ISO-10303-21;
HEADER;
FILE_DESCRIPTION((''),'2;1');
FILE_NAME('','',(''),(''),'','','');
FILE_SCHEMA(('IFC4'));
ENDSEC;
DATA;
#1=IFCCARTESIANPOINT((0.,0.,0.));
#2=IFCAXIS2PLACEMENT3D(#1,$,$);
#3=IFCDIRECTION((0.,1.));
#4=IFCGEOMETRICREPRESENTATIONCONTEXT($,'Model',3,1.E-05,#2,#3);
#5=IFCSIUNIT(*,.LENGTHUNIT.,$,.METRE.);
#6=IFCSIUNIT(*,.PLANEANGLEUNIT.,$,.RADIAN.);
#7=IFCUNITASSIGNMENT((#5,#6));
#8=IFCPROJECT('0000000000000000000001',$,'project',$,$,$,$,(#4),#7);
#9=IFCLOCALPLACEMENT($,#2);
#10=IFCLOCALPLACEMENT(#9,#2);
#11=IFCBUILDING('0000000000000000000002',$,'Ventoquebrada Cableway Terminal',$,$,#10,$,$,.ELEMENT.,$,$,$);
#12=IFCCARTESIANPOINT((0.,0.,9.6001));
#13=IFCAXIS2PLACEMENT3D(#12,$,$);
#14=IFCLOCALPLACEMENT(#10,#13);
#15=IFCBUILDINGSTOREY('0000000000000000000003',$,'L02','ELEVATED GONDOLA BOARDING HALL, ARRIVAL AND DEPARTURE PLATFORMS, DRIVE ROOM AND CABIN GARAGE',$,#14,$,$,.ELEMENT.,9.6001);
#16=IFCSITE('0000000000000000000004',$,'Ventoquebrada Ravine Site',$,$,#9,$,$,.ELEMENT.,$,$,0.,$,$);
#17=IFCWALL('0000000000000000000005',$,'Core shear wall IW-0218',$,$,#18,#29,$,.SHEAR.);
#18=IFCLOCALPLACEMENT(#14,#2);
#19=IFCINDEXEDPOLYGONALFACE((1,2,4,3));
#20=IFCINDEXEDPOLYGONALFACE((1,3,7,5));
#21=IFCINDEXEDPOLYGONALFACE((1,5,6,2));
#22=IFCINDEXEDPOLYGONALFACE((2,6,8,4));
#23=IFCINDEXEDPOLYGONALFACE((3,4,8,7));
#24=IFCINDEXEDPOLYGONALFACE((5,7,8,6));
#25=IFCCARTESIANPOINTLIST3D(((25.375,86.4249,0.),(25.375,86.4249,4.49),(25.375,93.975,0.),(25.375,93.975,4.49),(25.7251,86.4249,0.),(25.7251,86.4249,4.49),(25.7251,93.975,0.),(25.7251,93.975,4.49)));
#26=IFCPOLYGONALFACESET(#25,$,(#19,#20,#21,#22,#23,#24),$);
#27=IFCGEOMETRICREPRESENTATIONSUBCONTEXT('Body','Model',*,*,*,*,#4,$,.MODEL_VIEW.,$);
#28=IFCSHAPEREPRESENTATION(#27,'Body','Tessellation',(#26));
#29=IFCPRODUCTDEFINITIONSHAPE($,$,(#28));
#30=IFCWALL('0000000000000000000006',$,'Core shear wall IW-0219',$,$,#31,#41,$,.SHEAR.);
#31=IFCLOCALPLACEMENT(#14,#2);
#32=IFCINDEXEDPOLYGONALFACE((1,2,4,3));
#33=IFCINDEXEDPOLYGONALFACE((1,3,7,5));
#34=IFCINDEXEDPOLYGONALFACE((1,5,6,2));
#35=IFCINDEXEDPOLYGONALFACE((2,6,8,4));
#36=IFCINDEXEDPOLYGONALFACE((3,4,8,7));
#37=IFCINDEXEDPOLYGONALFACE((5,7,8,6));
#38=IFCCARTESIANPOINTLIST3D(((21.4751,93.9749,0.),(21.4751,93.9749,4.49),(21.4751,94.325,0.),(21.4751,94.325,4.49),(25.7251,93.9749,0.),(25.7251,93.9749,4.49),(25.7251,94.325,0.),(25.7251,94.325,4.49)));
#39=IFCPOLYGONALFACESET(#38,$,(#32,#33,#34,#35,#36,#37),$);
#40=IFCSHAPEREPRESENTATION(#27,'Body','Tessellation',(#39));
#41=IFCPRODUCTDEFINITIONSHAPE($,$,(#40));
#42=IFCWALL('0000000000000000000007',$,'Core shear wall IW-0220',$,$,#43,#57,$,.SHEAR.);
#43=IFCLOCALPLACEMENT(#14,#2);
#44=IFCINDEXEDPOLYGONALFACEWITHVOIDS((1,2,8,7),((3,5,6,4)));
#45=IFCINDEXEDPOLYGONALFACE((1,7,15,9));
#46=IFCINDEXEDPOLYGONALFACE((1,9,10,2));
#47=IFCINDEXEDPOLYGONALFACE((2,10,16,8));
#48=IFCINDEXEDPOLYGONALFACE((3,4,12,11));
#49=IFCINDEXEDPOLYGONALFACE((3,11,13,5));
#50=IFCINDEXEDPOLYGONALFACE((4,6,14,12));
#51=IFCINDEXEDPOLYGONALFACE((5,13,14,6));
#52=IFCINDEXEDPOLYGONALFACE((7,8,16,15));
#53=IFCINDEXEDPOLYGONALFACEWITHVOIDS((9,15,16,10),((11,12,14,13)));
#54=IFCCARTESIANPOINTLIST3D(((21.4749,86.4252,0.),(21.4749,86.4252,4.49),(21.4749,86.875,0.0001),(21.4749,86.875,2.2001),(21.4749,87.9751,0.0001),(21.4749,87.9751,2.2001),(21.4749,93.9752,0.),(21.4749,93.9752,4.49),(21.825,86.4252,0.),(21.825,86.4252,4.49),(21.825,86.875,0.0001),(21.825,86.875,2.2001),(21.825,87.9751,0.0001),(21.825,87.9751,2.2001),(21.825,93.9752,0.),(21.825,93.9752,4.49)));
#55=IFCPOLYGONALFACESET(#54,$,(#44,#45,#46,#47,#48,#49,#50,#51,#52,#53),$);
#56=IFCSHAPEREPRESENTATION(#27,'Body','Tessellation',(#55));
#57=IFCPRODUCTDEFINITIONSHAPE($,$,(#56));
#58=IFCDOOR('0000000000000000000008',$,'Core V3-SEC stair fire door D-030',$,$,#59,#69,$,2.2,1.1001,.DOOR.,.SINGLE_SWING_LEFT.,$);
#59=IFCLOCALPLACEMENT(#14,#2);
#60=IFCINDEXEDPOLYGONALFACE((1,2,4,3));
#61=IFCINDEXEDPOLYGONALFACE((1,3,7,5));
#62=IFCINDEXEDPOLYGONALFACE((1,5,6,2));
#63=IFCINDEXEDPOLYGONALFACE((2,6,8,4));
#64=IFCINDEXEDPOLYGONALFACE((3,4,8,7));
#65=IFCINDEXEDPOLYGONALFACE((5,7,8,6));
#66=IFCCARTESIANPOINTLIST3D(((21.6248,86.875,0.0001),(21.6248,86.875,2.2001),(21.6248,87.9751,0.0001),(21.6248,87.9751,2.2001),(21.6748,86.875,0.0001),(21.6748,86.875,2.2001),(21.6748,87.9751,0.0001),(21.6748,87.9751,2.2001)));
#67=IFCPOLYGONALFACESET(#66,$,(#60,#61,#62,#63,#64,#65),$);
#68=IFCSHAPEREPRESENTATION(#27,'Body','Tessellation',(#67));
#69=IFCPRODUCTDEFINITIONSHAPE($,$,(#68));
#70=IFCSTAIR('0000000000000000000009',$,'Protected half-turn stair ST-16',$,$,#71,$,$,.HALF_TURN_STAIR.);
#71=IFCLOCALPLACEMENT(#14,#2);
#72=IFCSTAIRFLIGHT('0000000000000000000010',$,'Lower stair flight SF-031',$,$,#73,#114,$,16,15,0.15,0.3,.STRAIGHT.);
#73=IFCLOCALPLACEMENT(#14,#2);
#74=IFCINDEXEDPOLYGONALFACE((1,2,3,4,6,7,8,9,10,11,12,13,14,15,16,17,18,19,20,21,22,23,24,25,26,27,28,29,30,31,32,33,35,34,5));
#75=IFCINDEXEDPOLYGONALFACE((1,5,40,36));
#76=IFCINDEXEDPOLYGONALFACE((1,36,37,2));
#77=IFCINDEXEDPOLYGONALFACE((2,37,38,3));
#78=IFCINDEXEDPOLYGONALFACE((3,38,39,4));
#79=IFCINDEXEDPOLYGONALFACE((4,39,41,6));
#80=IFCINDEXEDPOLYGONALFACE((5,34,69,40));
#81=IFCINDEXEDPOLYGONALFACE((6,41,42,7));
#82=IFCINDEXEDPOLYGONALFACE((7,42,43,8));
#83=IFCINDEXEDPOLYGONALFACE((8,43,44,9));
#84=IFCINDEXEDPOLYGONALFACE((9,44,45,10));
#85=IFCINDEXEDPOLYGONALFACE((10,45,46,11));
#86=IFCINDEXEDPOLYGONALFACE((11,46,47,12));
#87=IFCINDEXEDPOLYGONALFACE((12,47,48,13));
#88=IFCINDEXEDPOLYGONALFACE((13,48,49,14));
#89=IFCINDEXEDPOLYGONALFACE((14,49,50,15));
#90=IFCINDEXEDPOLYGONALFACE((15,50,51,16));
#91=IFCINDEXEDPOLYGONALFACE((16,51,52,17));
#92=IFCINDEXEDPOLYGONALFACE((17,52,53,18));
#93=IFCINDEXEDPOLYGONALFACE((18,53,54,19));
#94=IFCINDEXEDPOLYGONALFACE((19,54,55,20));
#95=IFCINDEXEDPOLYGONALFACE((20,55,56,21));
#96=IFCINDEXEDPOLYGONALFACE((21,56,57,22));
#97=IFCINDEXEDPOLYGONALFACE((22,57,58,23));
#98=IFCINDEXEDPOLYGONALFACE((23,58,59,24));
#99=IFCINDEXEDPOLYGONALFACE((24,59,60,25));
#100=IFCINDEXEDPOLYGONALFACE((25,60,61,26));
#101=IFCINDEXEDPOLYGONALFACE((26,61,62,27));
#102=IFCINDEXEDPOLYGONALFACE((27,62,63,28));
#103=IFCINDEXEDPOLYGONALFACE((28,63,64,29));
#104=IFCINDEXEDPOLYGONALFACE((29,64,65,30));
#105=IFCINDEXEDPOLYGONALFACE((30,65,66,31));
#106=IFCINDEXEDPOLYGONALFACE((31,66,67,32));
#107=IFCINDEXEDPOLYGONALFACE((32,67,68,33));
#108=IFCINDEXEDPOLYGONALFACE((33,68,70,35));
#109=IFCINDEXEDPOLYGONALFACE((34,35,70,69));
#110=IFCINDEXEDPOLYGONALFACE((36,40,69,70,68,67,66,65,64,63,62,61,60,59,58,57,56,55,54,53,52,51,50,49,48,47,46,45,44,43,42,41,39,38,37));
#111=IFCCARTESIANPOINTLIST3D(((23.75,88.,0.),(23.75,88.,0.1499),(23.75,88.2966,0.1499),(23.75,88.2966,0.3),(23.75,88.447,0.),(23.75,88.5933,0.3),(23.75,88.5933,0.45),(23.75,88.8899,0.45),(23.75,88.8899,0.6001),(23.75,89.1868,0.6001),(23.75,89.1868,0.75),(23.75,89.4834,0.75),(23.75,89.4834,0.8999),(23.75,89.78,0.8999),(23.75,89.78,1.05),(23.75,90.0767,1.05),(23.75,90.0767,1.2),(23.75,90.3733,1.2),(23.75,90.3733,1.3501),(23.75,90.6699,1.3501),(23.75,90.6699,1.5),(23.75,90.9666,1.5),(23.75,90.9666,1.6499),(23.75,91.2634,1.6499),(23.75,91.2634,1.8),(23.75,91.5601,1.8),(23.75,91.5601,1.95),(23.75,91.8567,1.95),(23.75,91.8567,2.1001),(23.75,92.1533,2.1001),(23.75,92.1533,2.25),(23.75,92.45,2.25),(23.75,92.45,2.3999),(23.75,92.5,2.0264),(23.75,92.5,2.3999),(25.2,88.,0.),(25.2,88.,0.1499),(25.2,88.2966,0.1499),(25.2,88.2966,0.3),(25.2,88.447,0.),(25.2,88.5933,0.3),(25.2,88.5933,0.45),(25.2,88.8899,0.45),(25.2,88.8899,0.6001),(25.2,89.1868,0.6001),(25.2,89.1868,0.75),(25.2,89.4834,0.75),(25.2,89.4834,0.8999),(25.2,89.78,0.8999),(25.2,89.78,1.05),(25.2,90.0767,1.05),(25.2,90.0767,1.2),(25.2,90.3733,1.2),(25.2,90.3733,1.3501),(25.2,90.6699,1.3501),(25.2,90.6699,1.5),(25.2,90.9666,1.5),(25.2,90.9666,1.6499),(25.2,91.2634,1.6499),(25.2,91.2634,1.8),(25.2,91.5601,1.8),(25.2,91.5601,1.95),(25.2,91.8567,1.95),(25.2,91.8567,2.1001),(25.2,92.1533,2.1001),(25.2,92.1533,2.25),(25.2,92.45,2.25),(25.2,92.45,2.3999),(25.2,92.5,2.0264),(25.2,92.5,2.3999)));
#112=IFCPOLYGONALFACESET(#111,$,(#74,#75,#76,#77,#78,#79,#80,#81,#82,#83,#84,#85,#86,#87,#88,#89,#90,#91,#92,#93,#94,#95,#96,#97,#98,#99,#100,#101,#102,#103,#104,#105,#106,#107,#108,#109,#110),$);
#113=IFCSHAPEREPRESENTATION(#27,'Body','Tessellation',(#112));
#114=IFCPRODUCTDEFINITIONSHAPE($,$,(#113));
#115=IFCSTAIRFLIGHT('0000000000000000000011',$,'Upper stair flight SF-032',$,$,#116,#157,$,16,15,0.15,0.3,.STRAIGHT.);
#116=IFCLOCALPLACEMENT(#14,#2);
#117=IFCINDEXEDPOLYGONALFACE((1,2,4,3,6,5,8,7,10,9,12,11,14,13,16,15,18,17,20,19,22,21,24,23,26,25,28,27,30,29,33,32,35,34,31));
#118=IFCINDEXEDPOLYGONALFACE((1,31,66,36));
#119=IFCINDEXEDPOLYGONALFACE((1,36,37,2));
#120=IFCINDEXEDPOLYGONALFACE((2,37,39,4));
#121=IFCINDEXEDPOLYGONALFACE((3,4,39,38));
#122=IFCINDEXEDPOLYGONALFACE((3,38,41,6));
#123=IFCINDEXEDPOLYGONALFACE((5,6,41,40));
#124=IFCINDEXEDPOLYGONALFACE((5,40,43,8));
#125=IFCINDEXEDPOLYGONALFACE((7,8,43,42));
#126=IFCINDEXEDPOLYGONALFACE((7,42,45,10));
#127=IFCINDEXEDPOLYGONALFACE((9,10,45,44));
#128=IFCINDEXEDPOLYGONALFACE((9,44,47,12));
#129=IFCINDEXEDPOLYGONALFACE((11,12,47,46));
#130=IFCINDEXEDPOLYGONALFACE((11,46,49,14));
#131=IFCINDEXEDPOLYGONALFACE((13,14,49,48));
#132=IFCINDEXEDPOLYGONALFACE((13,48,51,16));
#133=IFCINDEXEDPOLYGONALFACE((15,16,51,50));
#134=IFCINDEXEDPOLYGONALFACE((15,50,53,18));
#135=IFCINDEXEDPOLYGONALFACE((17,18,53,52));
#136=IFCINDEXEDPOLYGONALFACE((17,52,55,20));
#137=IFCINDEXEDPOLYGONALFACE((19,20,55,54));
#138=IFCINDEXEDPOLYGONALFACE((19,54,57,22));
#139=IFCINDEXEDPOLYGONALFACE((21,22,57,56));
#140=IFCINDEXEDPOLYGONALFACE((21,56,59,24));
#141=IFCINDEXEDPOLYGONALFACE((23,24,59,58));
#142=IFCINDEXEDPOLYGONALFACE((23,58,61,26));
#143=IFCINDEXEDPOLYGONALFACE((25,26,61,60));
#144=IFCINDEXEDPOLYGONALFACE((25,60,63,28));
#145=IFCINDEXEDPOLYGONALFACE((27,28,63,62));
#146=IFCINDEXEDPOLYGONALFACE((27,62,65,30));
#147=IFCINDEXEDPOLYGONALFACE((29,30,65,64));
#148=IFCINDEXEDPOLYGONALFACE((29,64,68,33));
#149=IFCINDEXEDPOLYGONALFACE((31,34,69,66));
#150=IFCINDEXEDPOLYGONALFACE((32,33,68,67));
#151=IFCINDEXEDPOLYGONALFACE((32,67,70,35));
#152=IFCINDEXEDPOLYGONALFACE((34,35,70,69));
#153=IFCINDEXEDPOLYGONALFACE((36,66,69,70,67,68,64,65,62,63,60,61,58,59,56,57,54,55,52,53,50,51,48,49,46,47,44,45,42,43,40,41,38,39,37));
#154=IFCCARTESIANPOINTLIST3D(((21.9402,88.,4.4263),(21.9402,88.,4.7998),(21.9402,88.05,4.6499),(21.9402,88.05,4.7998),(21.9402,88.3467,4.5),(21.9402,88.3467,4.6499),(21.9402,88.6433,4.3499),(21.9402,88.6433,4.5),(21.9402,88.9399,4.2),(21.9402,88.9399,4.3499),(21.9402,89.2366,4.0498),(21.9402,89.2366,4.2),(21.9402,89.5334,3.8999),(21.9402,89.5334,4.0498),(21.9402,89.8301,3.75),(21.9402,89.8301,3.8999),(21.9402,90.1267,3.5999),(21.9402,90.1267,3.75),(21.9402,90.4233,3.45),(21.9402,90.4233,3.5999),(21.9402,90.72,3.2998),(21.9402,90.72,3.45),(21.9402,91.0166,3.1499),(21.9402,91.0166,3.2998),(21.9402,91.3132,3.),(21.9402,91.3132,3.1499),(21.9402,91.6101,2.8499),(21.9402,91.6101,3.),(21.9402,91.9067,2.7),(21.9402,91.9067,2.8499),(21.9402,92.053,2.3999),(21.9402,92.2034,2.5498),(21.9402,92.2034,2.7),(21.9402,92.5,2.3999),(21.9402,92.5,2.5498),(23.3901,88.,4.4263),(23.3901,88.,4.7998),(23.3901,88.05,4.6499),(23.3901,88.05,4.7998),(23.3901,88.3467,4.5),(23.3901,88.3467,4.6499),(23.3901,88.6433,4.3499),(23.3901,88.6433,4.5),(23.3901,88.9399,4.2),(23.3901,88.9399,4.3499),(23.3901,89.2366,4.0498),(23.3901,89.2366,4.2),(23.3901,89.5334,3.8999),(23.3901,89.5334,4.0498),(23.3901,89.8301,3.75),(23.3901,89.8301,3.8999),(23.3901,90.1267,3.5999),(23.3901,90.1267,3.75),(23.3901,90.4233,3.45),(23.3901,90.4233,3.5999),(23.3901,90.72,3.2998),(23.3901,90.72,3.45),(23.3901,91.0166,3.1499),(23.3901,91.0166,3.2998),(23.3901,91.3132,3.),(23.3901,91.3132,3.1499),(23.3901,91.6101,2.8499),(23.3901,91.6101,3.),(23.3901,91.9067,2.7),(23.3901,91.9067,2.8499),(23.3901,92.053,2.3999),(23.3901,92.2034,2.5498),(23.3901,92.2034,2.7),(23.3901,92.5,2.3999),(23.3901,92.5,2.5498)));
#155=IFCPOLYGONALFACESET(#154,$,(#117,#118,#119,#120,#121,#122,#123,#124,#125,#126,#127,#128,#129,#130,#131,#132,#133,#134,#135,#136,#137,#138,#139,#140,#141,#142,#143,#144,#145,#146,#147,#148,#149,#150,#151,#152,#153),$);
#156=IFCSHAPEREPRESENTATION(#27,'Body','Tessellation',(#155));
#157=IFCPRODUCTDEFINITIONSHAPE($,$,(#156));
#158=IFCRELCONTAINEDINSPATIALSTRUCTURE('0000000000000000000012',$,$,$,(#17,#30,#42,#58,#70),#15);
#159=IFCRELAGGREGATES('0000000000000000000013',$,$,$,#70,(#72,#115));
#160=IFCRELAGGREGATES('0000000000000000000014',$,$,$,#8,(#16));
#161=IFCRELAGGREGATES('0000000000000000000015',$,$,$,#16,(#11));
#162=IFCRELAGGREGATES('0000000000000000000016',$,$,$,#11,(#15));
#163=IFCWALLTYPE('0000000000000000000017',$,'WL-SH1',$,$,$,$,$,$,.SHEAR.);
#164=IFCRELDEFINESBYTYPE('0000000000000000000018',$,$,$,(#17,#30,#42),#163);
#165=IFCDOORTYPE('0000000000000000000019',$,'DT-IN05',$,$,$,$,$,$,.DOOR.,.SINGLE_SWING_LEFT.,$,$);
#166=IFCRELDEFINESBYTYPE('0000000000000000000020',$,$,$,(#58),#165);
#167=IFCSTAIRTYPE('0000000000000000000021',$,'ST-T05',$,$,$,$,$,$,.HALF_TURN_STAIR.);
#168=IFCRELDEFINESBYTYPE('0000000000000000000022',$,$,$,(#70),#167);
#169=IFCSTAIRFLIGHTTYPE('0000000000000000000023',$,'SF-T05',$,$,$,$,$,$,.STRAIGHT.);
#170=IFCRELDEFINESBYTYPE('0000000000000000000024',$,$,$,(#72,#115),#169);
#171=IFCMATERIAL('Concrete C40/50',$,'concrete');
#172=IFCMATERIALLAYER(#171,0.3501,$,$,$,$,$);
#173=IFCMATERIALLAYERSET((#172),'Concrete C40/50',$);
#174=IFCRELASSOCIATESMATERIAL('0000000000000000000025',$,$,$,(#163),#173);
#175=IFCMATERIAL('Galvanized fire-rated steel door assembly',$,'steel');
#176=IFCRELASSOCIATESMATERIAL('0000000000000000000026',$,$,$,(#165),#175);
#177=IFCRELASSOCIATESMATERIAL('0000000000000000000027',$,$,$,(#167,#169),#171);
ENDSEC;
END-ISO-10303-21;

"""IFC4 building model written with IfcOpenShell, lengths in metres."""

from ifc_helpers import new_model, si_unit, direction, frame, frame_2d, origin, place, context, subcontext, project, spatial, polyline, rectangle, outline, extrude, material, layer, layer_set, type_object, element, fill, aggregate, save


model = new_model("IFC4")

# Units and contexts
model_context = context("Model", 3, precision=1e-05, world=origin(), true_north=direction((0.0, 1.0)))
body_context = subcontext(model_context, "Body", "Model", "MODEL_VIEW")
ifc_project = project(units=[si_unit("LENGTHUNIT", "METRE"), si_unit("PLANEANGLEUNIT", "RADIAN")], contexts=[model_context])

# Site, building, storey
site_placement = place(None, origin())
site = spatial("IfcSite", under=ifc_project, at=site_placement, Name="Ventoquebrada Ravine Site", CompositionType="ELEMENT", RefElevation=0.0)
building_placement = place(site_placement, origin())
building = spatial("IfcBuilding", under=site, at=building_placement, Name="Ventoquebrada Cableway Terminal", CompositionType="ELEMENT")
storey_placement = place(building_placement, frame((0.0, 0.0, 9.6001)))
storey = spatial("IfcBuildingStorey", under=building, at=storey_placement, Name="L02", Description="ELEVATED GONDOLA BOARDING HALL, ARRIVAL AND DEPARTURE PLATFORMS, DRIVE ROOM AND CABIN GARAGE", CompositionType="ELEMENT", Elevation=9.6001)

# Shared definitions
ifc_material_1 = material(Name="Concrete C40/50", Category="concrete")

# Shared definitions
ifc_material_2 = material(Name="Galvanized fire-rated steel door assembly", Category="steel")

# Walls
ifc_layer_1 = layer(ifc_material_1, 0.3501)
ifc_layer_set_1 = layer_set([ifc_layer_1], Name="Concrete C40/50")
wall_type_1 = type_object("IfcWallType", Name="WL-SH1", PredefinedType="SHEAR", material=ifc_layer_set_1)
wall_1_placement = place(storey_placement, frame((25.55, 86.425, 0.0), z_axis=(0.0, 0.0, 1.0), x_axis=(0.0, 1.0, 0.0)))
element("IfcWall", 1, at=wall_1_placement, inside=storey, type_object=wall_type_1, Name="Core shear wall IW-0218", PredefinedType="SHEAR", context=body_context, shape_type="SweptSolid", body=[
    extrude(rectangle(XDim=7.55, YDim=0.3501, at=frame_2d((3.7749, 0.0))), origin(), (0.0, 0.0, 1.0), 4.49),
])
wall_2_placement = place(storey_placement, frame((25.7251, 94.1499, 0.0), z_axis=(0.0, 0.0, 1.0), x_axis=(-1.0, 0.0, 0.0)))
element("IfcWall", 2, at=wall_2_placement, inside=storey, type_object=wall_type_1, Name="Core shear wall IW-0219", PredefinedType="SHEAR", context=body_context, shape_type="SweptSolid", body=[
    extrude(rectangle(XDim=4.25, YDim=0.3501, at=frame_2d((2.125, 0.0))), origin(), (0.0, 0.0, 1.0), 4.49),
])

# Wall, opening, door
wall_3_placement = place(storey_placement, frame((21.6499, 93.9751, 0.0), z_axis=(0.0, 0.0, 1.0), x_axis=(0.0, -1.0, 0.0)))
wall_3 = element("IfcWall", 3, at=wall_3_placement, inside=storey, type_object=wall_type_1, Name="Core shear wall IW-0220", PredefinedType="SHEAR", context=body_context, shape_type="SweptSolid", body=[
    extrude(rectangle(XDim=7.55, YDim=0.3501, at=frame_2d((3.7749, 0.0))), origin(), (0.0, 0.0, 1.0), 4.49),
])
opening_1_placement = place(wall_3_placement, frame((6.0, 0.0, 0.0)))
opening_1 = element("IfcOpeningElement", 4, at=opening_1_placement, cuts=wall_3, PredefinedType="OPENING", context=body_context, shape_type="SweptSolid", body=[
    extrude(rectangle(XDim=1.1001, YDim=2.2, at=frame_2d((0.55, 1.1001))), frame((0.0, 0.1851, 0.0), z_axis=(0.0, -1.0, 0.0), x_axis=(1.0, 0.0, 0.0)), (0.0, 0.0, 1.0), 0.3701),
])
door_type_1 = type_object("IfcDoorType", Name="DT-IN05", OperationType="SINGLE_SWING_LEFT", PredefinedType="DOOR", material=ifc_material_2)
door_1_placement = place(opening_1_placement, origin())
door_1 = element("IfcDoor", 5, at=door_1_placement, inside=storey, type_object=door_type_1, Name="Core V3-SEC stair fire door D-030", OperationType="SINGLE_SWING_LEFT", OverallHeight=2.2, OverallWidth=1.1001, PredefinedType="DOOR", context=body_context, shape_type="SweptSolid", body=[
    extrude(rectangle(XDim=1.1001, YDim=2.2, at=frame_2d((0.55, 1.1001))), frame((0.0, 0.0249, 0.0), z_axis=(0.0, -1.0, 0.0), x_axis=(1.0, 0.0, 0.0)), (0.0, 0.0, 1.0), 0.05),
])
fill(opening_1, door_1)

# Stair, stair flights
stair_type = type_object("IfcStairType", Name="ST-T05", PredefinedType="HALF_TURN_STAIR", material=ifc_material_1)
stair_placement = place(storey_placement, origin())
stair = element("IfcStair", 6, at=stair_placement, inside=storey, type_object=stair_type, Name="Protected half-turn stair ST-16", PredefinedType="HALF_TURN_STAIR")
stair_flight_type = type_object("IfcStairFlightType", Name="SF-T05", PredefinedType="STRAIGHT", material=ifc_material_1)
stair_flight_1_placement = place(storey_placement, frame((24.4751, 88.0, 0.0), z_axis=(0.0, 0.0, 1.0), x_axis=(0.0, 1.0, 0.0)))
stair_flight_1 = element("IfcStairFlight", 7, at=stair_flight_1_placement, type_object=stair_flight_type, Name="Lower stair flight SF-031", NumberOfRisers=16, NumberOfTreads=15, PredefinedType="STRAIGHT", RiserHeight=0.15, TreadLength=0.3, context=body_context, shape_type="SweptSolid", body=[
    extrude(outline(polyline([(0.0, 0.0), (0.0, 0.1499), (0.2966, 0.1499), (0.2966, 0.3), (0.5933, 0.3), (0.5933, 0.45), (0.8899, 0.45), (0.8899, 0.6001), (1.1868, 0.6001), (1.1868, 0.75), (1.4834, 0.75), (1.4834, 0.8999), (1.78, 0.8999), (1.78, 1.05), (2.0767, 1.05), (2.0767, 1.2), (2.3733, 1.2), (2.3733, 1.3501), (2.6699, 1.3501), (2.6699, 1.5), (2.9666, 1.5), (2.9666, 1.6499), (3.2634, 1.6499), (3.2634, 1.8), (3.5601, 1.8), (3.5601, 1.95), (3.8567, 1.95), (3.8567, 2.1001), (4.1533, 2.1001), (4.1533, 2.25), (4.45, 2.25), (4.45, 2.3999), (4.5, 2.3999), (4.5, 2.0264), (0.447, 0.0), (0.0, 0.0)])), frame((0.0, 0.7251, 0.0), z_axis=(0.0, -1.0, 0.0), x_axis=(1.0, 0.0, 0.0)), (0.0, 0.0, 1.0), 1.45),
])
stair_flight_2_placement = place(storey_placement, frame((22.665, 92.5, 2.3999), z_axis=(0.0, 0.0, 1.0), x_axis=(0.0, -1.0, 0.0)))
stair_flight_2 = element("IfcStairFlight", 8, at=stair_flight_2_placement, type_object=stair_flight_type, Name="Upper stair flight SF-032", NumberOfRisers=16, NumberOfTreads=15, PredefinedType="STRAIGHT", RiserHeight=0.15, TreadLength=0.3, context=body_context, shape_type="SweptSolid", body=[
    extrude(outline(polyline([(0.0, 0.0), (0.0, 0.1499), (0.2966, 0.1499), (0.2966, 0.3), (0.5933, 0.3), (0.5933, 0.45), (0.8899, 0.45), (0.8899, 0.6001), (1.1868, 0.6001), (1.1868, 0.75), (1.4834, 0.75), (1.4834, 0.8999), (1.78, 0.8999), (1.78, 1.05), (2.0767, 1.05), (2.0767, 1.2), (2.3733, 1.2), (2.3733, 1.3501), (2.6699, 1.3501), (2.6699, 1.5), (2.9666, 1.5), (2.9666, 1.6499), (3.2634, 1.6499), (3.2634, 1.8), (3.5601, 1.8), (3.5601, 1.95), (3.8567, 1.95), (3.8567, 2.1001), (4.1533, 2.1001), (4.1533, 2.25), (4.45, 2.25), (4.45, 2.3999), (4.5, 2.3999), (4.5, 2.0264), (0.447, 0.0), (0.0, 0.0)])), frame((0.0, 0.7251, 0.0), z_axis=(0.0, -1.0, 0.0), x_axis=(1.0, 0.0, 0.0)), (0.0, 0.0, 1.0), 1.45),
])
aggregate(stair, [stair_flight_1, stair_flight_2])

save(model, "model.ifc")
